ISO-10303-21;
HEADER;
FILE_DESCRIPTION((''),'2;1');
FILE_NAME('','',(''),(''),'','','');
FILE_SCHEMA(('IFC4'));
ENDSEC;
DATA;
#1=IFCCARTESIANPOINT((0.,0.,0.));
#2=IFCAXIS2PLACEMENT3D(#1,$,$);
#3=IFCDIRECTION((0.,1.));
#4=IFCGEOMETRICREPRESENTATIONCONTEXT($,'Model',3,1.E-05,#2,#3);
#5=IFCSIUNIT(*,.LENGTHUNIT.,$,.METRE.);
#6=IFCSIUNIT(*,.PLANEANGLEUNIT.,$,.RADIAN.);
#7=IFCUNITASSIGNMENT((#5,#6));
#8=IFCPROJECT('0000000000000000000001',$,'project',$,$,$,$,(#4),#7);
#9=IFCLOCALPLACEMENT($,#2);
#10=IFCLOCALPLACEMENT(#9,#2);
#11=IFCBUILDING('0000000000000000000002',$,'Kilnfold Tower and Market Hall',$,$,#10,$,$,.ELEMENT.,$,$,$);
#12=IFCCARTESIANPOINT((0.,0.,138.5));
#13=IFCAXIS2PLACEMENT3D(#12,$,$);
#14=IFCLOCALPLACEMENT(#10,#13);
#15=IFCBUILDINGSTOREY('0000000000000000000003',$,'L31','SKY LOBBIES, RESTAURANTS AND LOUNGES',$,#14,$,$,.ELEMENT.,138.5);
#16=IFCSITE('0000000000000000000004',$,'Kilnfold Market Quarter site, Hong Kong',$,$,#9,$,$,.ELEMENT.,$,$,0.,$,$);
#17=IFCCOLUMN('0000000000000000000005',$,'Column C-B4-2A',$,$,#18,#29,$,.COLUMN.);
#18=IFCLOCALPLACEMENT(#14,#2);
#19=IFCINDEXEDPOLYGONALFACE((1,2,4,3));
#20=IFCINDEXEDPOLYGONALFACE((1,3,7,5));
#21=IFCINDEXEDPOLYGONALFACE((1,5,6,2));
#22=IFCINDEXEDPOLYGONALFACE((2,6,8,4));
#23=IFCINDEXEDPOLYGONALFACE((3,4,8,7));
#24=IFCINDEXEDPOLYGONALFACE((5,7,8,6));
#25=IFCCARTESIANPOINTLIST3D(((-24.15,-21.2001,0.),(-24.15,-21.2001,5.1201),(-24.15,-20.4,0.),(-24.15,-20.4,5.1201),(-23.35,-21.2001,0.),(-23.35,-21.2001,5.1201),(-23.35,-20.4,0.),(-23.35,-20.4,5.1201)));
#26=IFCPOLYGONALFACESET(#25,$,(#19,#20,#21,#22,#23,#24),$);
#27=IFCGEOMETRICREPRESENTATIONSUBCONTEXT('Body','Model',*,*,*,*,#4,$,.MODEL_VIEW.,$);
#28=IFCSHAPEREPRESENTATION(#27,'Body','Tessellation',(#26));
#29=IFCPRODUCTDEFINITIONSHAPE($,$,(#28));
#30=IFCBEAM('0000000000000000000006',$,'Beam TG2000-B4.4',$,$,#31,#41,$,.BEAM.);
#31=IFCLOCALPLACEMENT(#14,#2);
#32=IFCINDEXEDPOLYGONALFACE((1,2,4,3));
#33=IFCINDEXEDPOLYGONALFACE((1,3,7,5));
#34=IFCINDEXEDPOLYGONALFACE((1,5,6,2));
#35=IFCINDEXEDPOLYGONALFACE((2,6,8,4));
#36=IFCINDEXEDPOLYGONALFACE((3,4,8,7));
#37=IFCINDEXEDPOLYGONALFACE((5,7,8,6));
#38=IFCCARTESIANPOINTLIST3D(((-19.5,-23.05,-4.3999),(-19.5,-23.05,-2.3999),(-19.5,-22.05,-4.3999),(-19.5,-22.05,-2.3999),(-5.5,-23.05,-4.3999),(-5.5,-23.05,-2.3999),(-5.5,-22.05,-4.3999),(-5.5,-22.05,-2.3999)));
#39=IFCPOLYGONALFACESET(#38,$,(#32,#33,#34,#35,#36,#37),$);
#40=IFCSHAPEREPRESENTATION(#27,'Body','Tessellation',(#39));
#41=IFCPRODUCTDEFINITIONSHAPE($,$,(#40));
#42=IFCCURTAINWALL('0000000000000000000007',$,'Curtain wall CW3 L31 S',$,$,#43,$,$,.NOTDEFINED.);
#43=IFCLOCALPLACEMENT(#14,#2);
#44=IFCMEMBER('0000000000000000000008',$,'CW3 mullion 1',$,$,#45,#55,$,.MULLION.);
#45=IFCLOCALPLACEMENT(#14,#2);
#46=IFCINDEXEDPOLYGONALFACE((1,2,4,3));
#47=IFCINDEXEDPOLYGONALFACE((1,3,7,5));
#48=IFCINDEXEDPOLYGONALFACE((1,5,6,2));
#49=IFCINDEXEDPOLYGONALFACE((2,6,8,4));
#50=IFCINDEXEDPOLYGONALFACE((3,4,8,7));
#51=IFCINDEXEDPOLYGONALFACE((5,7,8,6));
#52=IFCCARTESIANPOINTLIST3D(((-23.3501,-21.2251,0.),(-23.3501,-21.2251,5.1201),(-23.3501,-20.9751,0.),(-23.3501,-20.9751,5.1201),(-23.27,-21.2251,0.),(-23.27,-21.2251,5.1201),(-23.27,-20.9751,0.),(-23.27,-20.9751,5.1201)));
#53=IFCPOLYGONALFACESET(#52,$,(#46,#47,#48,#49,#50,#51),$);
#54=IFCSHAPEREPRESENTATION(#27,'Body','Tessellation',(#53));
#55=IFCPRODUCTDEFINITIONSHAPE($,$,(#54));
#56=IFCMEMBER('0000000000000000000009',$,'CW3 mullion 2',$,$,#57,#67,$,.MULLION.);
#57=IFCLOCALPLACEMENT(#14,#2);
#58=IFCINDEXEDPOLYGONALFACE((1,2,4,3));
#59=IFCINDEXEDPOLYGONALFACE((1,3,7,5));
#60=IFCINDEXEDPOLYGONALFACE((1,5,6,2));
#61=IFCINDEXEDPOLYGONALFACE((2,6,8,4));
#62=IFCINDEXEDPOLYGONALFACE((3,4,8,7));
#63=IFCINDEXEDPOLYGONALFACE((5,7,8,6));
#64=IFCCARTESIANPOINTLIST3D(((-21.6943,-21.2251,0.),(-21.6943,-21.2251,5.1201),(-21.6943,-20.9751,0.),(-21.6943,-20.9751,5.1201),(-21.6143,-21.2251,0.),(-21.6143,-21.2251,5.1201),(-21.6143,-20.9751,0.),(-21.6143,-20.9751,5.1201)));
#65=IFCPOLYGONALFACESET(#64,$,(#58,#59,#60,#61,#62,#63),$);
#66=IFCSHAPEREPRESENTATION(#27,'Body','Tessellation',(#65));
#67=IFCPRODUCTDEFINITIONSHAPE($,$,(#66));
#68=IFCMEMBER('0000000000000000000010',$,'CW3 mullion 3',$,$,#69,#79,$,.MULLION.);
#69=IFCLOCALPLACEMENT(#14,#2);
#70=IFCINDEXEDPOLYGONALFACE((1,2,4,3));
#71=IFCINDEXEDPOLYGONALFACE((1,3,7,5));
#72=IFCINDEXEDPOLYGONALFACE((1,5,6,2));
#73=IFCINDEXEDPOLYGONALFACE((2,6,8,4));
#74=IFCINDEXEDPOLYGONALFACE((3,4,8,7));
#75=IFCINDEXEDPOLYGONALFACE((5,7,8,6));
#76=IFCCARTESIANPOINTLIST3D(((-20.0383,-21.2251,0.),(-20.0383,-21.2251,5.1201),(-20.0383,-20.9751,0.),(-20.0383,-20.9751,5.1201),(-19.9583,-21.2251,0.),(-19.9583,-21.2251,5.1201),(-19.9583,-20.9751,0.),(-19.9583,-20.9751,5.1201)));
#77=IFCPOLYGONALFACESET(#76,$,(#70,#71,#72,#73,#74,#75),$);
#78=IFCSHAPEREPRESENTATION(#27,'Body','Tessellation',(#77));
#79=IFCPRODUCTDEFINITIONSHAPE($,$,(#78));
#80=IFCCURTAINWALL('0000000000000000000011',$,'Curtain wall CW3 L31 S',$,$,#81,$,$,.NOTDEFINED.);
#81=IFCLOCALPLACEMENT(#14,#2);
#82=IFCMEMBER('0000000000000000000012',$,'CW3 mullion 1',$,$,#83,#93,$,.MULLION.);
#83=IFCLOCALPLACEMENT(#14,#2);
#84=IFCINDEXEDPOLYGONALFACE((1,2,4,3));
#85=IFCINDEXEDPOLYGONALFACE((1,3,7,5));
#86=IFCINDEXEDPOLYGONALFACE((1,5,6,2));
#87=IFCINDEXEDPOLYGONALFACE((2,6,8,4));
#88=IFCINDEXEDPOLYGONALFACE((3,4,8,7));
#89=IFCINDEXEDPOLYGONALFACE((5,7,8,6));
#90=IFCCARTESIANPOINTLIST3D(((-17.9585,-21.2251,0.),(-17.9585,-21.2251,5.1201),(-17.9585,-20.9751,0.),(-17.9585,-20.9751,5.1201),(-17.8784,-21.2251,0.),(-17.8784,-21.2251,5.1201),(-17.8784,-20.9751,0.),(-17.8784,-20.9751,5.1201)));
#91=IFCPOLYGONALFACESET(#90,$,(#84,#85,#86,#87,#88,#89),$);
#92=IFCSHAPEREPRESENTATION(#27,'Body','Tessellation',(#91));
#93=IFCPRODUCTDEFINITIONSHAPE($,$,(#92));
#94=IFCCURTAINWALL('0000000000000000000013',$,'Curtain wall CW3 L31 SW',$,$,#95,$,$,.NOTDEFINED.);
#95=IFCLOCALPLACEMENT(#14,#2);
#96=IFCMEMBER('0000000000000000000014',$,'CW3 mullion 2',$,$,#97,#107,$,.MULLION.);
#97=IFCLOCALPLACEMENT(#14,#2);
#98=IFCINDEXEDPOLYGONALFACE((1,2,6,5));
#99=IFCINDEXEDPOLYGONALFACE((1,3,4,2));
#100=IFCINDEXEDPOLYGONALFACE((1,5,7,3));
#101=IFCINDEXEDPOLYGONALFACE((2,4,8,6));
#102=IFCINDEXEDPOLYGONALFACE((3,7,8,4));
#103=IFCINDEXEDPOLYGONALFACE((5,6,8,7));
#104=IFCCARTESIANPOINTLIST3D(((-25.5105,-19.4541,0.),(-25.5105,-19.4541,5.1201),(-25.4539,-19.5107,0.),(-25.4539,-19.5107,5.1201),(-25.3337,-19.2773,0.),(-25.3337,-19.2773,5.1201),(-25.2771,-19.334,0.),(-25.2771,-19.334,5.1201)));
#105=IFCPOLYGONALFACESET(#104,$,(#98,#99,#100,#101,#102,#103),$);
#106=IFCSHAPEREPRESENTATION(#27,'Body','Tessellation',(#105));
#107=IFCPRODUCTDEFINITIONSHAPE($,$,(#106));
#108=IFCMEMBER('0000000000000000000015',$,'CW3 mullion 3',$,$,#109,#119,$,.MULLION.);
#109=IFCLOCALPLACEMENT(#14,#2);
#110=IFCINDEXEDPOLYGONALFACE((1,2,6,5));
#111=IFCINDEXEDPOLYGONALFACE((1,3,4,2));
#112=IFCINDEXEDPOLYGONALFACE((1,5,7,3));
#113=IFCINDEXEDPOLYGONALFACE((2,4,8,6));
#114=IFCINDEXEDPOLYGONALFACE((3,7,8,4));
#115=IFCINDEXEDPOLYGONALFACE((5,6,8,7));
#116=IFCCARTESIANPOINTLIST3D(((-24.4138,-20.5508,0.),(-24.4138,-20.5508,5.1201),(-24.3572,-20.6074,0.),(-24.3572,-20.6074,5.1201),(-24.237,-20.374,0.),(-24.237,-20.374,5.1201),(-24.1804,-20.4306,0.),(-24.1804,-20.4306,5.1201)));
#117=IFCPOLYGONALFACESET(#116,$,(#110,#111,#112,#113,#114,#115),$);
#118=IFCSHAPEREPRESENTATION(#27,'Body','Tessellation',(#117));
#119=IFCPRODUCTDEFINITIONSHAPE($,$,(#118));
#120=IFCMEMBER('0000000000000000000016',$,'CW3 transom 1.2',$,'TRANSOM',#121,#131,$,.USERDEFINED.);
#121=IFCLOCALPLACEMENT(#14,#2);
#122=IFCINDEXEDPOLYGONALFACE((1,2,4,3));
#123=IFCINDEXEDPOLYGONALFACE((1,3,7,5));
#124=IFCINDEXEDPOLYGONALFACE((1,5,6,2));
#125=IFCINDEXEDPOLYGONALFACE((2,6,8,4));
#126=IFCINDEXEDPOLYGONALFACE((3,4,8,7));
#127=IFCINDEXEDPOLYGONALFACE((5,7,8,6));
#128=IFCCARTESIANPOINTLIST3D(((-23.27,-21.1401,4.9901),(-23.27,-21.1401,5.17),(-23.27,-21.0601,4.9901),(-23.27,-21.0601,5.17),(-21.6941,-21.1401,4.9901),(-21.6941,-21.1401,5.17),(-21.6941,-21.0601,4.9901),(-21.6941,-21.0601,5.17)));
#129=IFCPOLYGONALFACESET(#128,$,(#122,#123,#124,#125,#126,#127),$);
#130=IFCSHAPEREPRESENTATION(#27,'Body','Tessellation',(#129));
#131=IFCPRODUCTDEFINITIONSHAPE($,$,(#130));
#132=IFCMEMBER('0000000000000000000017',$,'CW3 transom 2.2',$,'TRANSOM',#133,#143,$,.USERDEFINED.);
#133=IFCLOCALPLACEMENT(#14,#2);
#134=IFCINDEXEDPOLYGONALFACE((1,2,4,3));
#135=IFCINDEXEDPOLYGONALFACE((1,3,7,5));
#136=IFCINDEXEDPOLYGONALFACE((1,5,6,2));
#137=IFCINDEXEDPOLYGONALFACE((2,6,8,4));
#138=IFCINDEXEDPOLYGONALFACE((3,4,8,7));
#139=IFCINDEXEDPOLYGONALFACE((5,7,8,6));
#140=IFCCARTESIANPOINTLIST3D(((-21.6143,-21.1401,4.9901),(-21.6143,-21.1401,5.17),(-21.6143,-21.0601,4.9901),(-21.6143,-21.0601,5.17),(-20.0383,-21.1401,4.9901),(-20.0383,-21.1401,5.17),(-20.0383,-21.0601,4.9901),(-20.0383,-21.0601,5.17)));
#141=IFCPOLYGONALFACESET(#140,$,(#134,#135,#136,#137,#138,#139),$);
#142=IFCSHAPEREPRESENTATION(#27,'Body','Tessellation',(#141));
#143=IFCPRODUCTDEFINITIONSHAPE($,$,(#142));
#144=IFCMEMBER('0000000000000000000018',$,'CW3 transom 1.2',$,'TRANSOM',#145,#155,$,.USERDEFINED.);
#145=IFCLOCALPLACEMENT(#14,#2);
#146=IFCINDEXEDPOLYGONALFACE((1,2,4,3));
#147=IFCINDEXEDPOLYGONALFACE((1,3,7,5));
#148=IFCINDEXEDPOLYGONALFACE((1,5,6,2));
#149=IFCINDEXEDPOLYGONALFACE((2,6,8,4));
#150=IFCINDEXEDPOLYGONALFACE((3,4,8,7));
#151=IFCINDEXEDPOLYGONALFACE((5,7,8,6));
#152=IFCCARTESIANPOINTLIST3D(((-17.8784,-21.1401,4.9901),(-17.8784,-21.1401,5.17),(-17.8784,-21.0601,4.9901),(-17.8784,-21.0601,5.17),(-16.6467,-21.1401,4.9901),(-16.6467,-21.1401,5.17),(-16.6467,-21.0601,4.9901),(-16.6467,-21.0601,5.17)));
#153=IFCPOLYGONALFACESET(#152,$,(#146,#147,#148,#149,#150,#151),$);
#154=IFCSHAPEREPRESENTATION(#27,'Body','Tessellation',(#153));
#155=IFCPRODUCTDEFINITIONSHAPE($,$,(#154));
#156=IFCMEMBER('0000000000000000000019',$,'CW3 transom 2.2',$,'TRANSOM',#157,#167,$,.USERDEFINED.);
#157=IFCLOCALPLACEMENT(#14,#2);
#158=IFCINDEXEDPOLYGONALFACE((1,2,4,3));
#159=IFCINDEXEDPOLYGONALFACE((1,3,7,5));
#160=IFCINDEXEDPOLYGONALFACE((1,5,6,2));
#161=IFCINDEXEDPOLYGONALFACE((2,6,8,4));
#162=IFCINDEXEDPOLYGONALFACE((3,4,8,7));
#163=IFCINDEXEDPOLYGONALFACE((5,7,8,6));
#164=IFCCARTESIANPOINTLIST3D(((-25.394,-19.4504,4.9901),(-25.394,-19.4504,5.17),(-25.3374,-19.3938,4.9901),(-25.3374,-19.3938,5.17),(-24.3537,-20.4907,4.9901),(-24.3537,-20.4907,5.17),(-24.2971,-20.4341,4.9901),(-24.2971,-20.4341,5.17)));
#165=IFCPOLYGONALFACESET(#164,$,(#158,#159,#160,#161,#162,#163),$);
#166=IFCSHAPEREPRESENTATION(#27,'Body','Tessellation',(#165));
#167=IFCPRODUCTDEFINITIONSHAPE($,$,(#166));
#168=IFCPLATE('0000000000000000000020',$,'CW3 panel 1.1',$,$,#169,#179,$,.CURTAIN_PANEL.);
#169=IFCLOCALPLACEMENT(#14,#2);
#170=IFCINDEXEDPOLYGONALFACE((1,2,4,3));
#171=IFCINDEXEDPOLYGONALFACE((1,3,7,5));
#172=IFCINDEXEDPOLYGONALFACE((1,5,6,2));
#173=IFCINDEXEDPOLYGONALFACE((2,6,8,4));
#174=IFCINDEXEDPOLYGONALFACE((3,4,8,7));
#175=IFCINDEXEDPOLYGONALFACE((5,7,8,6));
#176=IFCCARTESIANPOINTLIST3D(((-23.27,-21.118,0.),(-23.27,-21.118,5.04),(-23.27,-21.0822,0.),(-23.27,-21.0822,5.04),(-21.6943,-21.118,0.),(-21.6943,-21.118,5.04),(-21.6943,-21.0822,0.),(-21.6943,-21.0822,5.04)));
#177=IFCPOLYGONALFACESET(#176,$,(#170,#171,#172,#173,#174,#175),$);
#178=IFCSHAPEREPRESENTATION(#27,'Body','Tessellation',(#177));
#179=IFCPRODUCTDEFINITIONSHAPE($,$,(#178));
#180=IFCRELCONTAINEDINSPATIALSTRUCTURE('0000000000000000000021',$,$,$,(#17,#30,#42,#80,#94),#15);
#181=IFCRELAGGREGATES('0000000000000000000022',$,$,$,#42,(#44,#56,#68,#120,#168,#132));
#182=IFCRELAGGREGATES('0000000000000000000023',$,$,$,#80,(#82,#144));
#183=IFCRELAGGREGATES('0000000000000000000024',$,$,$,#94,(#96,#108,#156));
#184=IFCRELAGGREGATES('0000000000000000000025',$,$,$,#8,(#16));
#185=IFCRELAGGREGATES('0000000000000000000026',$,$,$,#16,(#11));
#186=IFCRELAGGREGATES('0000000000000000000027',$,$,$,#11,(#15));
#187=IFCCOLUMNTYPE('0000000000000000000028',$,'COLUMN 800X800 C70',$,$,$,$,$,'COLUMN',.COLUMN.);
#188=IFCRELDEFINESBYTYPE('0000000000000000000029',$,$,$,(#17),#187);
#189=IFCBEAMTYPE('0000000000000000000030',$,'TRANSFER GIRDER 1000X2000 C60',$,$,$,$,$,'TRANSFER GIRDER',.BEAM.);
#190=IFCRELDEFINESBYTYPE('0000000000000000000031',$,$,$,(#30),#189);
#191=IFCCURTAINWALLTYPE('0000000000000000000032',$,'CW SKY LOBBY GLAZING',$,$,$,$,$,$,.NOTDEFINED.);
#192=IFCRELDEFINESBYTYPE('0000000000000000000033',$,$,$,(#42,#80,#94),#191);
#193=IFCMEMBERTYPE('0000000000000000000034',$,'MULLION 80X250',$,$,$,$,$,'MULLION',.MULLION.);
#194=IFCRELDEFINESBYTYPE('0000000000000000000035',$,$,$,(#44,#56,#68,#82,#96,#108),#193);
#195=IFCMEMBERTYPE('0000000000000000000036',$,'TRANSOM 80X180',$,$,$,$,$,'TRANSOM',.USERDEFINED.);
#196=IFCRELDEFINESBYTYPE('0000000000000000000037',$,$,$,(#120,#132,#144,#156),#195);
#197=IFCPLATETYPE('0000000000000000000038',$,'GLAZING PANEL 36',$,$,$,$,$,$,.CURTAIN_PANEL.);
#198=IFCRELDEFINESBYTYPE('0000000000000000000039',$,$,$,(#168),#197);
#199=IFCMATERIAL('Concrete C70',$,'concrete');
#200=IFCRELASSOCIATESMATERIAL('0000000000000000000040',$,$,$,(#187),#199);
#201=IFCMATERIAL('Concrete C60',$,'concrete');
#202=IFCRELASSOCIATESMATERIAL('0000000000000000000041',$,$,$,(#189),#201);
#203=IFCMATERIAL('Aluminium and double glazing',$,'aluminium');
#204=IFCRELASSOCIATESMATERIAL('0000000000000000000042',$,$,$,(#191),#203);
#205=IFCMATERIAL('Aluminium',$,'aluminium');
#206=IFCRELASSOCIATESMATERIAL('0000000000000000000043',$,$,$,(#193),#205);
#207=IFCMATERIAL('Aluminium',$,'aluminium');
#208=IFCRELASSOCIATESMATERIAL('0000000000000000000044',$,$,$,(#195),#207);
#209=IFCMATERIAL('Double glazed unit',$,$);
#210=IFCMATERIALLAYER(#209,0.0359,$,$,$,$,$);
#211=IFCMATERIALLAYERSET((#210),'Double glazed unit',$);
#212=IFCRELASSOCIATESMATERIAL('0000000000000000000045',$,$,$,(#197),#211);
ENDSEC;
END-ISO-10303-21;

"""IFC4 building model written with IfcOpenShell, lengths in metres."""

from ifc_helpers import new_model, si_unit, direction, frame, origin, origin_2d, place, context, subcontext, project, spatial, rectangle, extrude, source, transform, mapped, material, layer, layer_set, material_profile, profile_set, type_object, element, aggregate, save


model = new_model("IFC4")

# Units and contexts
model_context = context("Model", 3, precision=1e-05, world=origin(), true_north=direction((0.0, 1.0)))
body_context = subcontext(model_context, "Body", "Model", "MODEL_VIEW")
ifc_project = project(units=[si_unit("LENGTHUNIT", "METRE"), si_unit("PLANEANGLEUNIT", "RADIAN")], contexts=[model_context])

# Site, building, storey
site_placement = place(None, origin())
site = spatial("IfcSite", under=ifc_project, at=site_placement, Name="Kilnfold Market Quarter site, Hong Kong", CompositionType="ELEMENT", RefElevation=0.0)
building_placement = place(site_placement, origin())
building = spatial("IfcBuilding", under=site, at=building_placement, Name="Kilnfold Tower and Market Hall", CompositionType="ELEMENT")
storey_placement = place(building_placement, frame((0.0, 0.0, 138.5)))
storey = spatial("IfcBuildingStorey", under=building, at=storey_placement, Name="L31", Description="SKY LOBBIES, RESTAURANTS AND LOUNGES", CompositionType="ELEMENT", Elevation=138.5)

# Column
ifc_material_1 = material(Name="Concrete C70", Category="concrete")
ifc_material_profile_1 = material_profile(ifc_material_1, rectangle(XDim=0.8, YDim=0.8, at=origin_2d()), Name="RC 800x800")
ifc_profile_set_1 = profile_set([ifc_material_profile_1], Name="Concrete C70")
column_type = type_object("IfcColumnType", Name="COLUMN 800X800 C70", ElementType="COLUMN", PredefinedType="COLUMN", material=ifc_profile_set_1)
shared_shape_1 = source(origin(), body_context, "Body", "SweptSolid", [
    extrude(rectangle(XDim=0.8, YDim=0.8, at=origin_2d()), origin(), (0.0, 0.0, 1.0), 5.1201),
])
column_placement = place(storey_placement, frame((-23.75, -20.8, 0.0), z_axis=(0.0, 0.0, 1.0), x_axis=(1.0, 0.0, 0.0)))
element("IfcColumn", 1, at=column_placement, inside=storey, type_object=column_type, Name="Column C-B4-2A", PredefinedType="COLUMN", context=body_context, shape_type="MappedRepresentation", body=[
    mapped(shared_shape_1, transform((0.0, 0.0, 0.0))),
])

# Beam
ifc_material_2 = material(Name="Concrete C60", Category="concrete")
ifc_material_profile_2 = material_profile(ifc_material_2, rectangle(XDim=1.0, YDim=2.0, at=origin_2d()), Name="RC 1000x2000")
ifc_profile_set_2 = profile_set([ifc_material_profile_2], Name="Concrete C60")
beam_type = type_object("IfcBeamType", Name="TRANSFER GIRDER 1000X2000 C60", ElementType="TRANSFER GIRDER", PredefinedType="BEAM", material=ifc_profile_set_2)
shared_shape_2 = source(origin(), body_context, "Body", "SweptSolid", [
    extrude(rectangle(XDim=1.0, YDim=2.0, at=origin_2d()), origin(), (0.0, 0.0, 1.0), 14.0),
])
beam_placement = place(storey_placement, frame((-19.5, -22.55, -3.3999), z_axis=(1.0, 0.0, 0.0), x_axis=(0.0, 1.0, 0.0)))
element("IfcBeam", 2, at=beam_placement, inside=storey, type_object=beam_type, Name="Beam TG2000-B4.4", PredefinedType="BEAM", context=body_context, shape_type="MappedRepresentation", body=[
    mapped(shared_shape_2, transform((0.0, 0.0, 0.0))),
])

# Curtain wall, members
ifc_material_3 = material(Name="Aluminium and double glazing", Category="aluminium")
curtain_wall_type = type_object("IfcCurtainWallType", Name="CW SKY LOBBY GLAZING", PredefinedType="NOTDEFINED", material=ifc_material_3)
curtain_wall_1_placement = place(storey_placement, origin())
curtain_wall_1 = element("IfcCurtainWall", 3, at=curtain_wall_1_placement, inside=storey, type_object=curtain_wall_type, Name="Curtain wall CW3 L31 S", PredefinedType="NOTDEFINED")
ifc_material_4 = material(Name="Aluminium", Category="aluminium")
ifc_material_profile_3 = material_profile(ifc_material_4, rectangle(XDim=0.0801, YDim=0.25, at=origin_2d()), Name="MULLION 80x250")
ifc_profile_set_3 = profile_set([ifc_material_profile_3], Name="Aluminium")
member_type_1 = type_object("IfcMemberType", Name="MULLION 80X250", ElementType="MULLION", PredefinedType="MULLION", material=ifc_profile_set_3)
shared_shape_3 = source(origin(), body_context, "Body", "SweptSolid", [
    extrude(rectangle(XDim=0.0801, YDim=0.25, at=origin_2d()), origin(), (0.0, 0.0, 1.0), 5.1201),
])
member_1_placement = place(storey_placement, frame((-23.3101, -21.1001, 0.0), z_axis=(0.0, 0.0, 1.0), x_axis=(1.0, 0.0, 0.0)))
member_1 = element("IfcMember", 4, at=member_1_placement, type_object=member_type_1, Name="CW3 mullion 1", PredefinedType="MULLION", context=body_context, shape_type="MappedRepresentation", body=[
    mapped(shared_shape_3, transform((0.0, 0.0, 0.0))),
])
member_2_placement = place(storey_placement, frame((-21.6543, -21.1001, 0.0), z_axis=(0.0, 0.0, 1.0), x_axis=(1.0, 0.0, 0.0)))
member_2 = element("IfcMember", 5, at=member_2_placement, type_object=member_type_1, Name="CW3 mullion 2", PredefinedType="MULLION", context=body_context, shape_type="MappedRepresentation", body=[
    mapped(shared_shape_3, transform((0.0, 0.0, 0.0))),
])
member_3_placement = place(storey_placement, frame((-19.9983, -21.1001, 0.0), z_axis=(0.0, 0.0, 1.0), x_axis=(1.0, 0.0, 0.0)))
member_3 = element("IfcMember", 6, at=member_3_placement, type_object=member_type_1, Name="CW3 mullion 3", PredefinedType="MULLION", context=body_context, shape_type="MappedRepresentation", body=[
    mapped(shared_shape_3, transform((0.0, 0.0, 0.0))),
])

# Curtain wall, member
curtain_wall_2_placement = place(storey_placement, origin())
curtain_wall_2 = element("IfcCurtainWall", 7, at=curtain_wall_2_placement, inside=storey, type_object=curtain_wall_type, Name="Curtain wall CW3 L31 S", PredefinedType="NOTDEFINED")
member_4_placement = place(storey_placement, frame((-17.9185, -21.1001, 0.0), z_axis=(0.0, 0.0, 1.0), x_axis=(1.0, 0.0, 0.0)))
member_4 = element("IfcMember", 8, at=member_4_placement, type_object=member_type_1, Name="CW3 mullion 1", PredefinedType="MULLION", context=body_context, shape_type="MappedRepresentation", body=[
    mapped(shared_shape_3, transform((0.0, 0.0, 0.0))),
])

# Curtain wall, members
curtain_wall_3_placement = place(storey_placement, origin())
curtain_wall_3 = element("IfcCurtainWall", 9, at=curtain_wall_3_placement, inside=storey, type_object=curtain_wall_type, Name="Curtain wall CW3 L31 SW", PredefinedType="NOTDEFINED")
member_5_placement = place(storey_placement, frame((-25.3938, -19.394, 0.0), z_axis=(0.0, 0.0, 1.0), x_axis=(0.707091, -0.707122, 0.0)))
member_5 = element("IfcMember", 10, at=member_5_placement, type_object=member_type_1, Name="CW3 mullion 2", PredefinedType="MULLION", context=body_context, shape_type="MappedRepresentation", body=[
    mapped(shared_shape_3, transform((0.0, 0.0, 0.0))),
])
member_6_placement = place(storey_placement, frame((-24.2971, -20.4907, 0.0), z_axis=(0.0, 0.0, 1.0), x_axis=(0.707091, -0.707122, 0.0)))
member_6 = element("IfcMember", 11, at=member_6_placement, type_object=member_type_1, Name="CW3 mullion 3", PredefinedType="MULLION", context=body_context, shape_type="MappedRepresentation", body=[
    mapped(shared_shape_3, transform((0.0, 0.0, 0.0))),
])

# Members
ifc_material_5 = material(Name="Aluminium", Category="aluminium")
ifc_material_profile_4 = material_profile(ifc_material_5, rectangle(XDim=0.0801, YDim=0.1799, at=origin_2d()), Name="TRANSOM 80x180")
ifc_profile_set_4 = profile_set([ifc_material_profile_4], Name="Aluminium")
member_type_2 = type_object("IfcMemberType", Name="TRANSOM 80X180", ElementType="TRANSOM", PredefinedType="USERDEFINED", material=ifc_profile_set_4)
shared_shape_4 = source(origin(), body_context, "Body", "SweptSolid", [
    extrude(rectangle(XDim=0.0801, YDim=0.1799, at=origin_2d()), origin(), (0.0, 0.0, 1.0), 1.5759),
])
member_7_placement = place(storey_placement, frame((-23.27, -21.1001, 5.0801), z_axis=(1.0, 0.0, 0.0), x_axis=(0.0, 1.0, 0.0)))
member_7 = element("IfcMember", 12, at=member_7_placement, type_object=member_type_2, Name="CW3 transom 1.2", ObjectType="TRANSOM", PredefinedType="USERDEFINED", context=body_context, shape_type="MappedRepresentation", body=[
    mapped(shared_shape_4, transform((0.0, 0.0, 0.0))),
])
member_8_placement = place(storey_placement, frame((-21.6143, -21.1001, 5.0801), z_axis=(1.0, 0.0, 0.0), x_axis=(0.0, 1.0, 0.0)))
member_8 = element("IfcMember", 13, at=member_8_placement, type_object=member_type_2, Name="CW3 transom 2.2", ObjectType="TRANSOM", PredefinedType="USERDEFINED", context=body_context, shape_type="MappedRepresentation", body=[
    mapped(shared_shape_4, transform((0.0, 0.0, 0.0))),
])
shared_shape_5 = source(origin(), body_context, "Body", "SweptSolid", [
    extrude(rectangle(XDim=0.0801, YDim=0.1799, at=origin_2d()), origin(), (0.0, 0.0, 1.0), 1.2317),
])
member_9_placement = place(storey_placement, frame((-17.8784, -21.1001, 5.0801), z_axis=(1.0, 0.0, 0.0), x_axis=(0.0, 1.0, 0.0)))
member_9 = element("IfcMember", 14, at=member_9_placement, type_object=member_type_2, Name="CW3 transom 1.2", ObjectType="TRANSOM", PredefinedType="USERDEFINED", context=body_context, shape_type="MappedRepresentation", body=[
    mapped(shared_shape_5, transform((0.0, 0.0, 0.0))),
])
shared_shape_6 = source(origin(), body_context, "Body", "SweptSolid", [
    extrude(rectangle(XDim=0.0801, YDim=0.1799, at=origin_2d()), origin(), (0.0, 0.0, 1.0), 1.4712),
])
member_10_placement = place(storey_placement, frame((-25.3657, -19.4221, 5.0801), z_axis=(0.707107, -0.707107, 0.0), x_axis=(0.707107, 0.707107, 0.0)))
member_10 = element("IfcMember", 15, at=member_10_placement, type_object=member_type_2, Name="CW3 transom 2.2", ObjectType="TRANSOM", PredefinedType="USERDEFINED", context=body_context, shape_type="MappedRepresentation", body=[
    mapped(shared_shape_6, transform((0.0, 0.0, 0.0))),
])

# Plate
ifc_material_6 = material(Name="Double glazed unit")
ifc_layer_1 = layer(ifc_material_6, 0.0359)
ifc_layer_set_1 = layer_set([ifc_layer_1], Name="Double glazed unit")
plate_type = type_object("IfcPlateType", Name="GLAZING PANEL 36", PredefinedType="CURTAIN_PANEL", material=ifc_layer_set_1)
shared_shape_7 = source(origin(), body_context, "Body", "SweptSolid", [
    extrude(rectangle(XDim=1.5757, YDim=0.0359, at=origin_2d()), origin(), (0.0, 0.0, 1.0), 5.04),
])
plate_1_placement = place(storey_placement, frame((-22.4822, -21.1001, 0.0), z_axis=(0.0, 0.0, 1.0), x_axis=(1.0, 0.0, 0.0)))
plate_1 = element("IfcPlate", 16, at=plate_1_placement, type_object=plate_type, Name="CW3 panel 1.1", PredefinedType="CURTAIN_PANEL", context=body_context, shape_type="MappedRepresentation", body=[
    mapped(shared_shape_7, transform((0.0, 0.0, 0.0))),
])
aggregate(curtain_wall_1, [member_1, member_2, member_3, member_7, plate_1, member_8])
aggregate(curtain_wall_2, [member_4, member_9])
aggregate(curtain_wall_3, [member_5, member_6, member_10])

save(model, "model.ifc")
